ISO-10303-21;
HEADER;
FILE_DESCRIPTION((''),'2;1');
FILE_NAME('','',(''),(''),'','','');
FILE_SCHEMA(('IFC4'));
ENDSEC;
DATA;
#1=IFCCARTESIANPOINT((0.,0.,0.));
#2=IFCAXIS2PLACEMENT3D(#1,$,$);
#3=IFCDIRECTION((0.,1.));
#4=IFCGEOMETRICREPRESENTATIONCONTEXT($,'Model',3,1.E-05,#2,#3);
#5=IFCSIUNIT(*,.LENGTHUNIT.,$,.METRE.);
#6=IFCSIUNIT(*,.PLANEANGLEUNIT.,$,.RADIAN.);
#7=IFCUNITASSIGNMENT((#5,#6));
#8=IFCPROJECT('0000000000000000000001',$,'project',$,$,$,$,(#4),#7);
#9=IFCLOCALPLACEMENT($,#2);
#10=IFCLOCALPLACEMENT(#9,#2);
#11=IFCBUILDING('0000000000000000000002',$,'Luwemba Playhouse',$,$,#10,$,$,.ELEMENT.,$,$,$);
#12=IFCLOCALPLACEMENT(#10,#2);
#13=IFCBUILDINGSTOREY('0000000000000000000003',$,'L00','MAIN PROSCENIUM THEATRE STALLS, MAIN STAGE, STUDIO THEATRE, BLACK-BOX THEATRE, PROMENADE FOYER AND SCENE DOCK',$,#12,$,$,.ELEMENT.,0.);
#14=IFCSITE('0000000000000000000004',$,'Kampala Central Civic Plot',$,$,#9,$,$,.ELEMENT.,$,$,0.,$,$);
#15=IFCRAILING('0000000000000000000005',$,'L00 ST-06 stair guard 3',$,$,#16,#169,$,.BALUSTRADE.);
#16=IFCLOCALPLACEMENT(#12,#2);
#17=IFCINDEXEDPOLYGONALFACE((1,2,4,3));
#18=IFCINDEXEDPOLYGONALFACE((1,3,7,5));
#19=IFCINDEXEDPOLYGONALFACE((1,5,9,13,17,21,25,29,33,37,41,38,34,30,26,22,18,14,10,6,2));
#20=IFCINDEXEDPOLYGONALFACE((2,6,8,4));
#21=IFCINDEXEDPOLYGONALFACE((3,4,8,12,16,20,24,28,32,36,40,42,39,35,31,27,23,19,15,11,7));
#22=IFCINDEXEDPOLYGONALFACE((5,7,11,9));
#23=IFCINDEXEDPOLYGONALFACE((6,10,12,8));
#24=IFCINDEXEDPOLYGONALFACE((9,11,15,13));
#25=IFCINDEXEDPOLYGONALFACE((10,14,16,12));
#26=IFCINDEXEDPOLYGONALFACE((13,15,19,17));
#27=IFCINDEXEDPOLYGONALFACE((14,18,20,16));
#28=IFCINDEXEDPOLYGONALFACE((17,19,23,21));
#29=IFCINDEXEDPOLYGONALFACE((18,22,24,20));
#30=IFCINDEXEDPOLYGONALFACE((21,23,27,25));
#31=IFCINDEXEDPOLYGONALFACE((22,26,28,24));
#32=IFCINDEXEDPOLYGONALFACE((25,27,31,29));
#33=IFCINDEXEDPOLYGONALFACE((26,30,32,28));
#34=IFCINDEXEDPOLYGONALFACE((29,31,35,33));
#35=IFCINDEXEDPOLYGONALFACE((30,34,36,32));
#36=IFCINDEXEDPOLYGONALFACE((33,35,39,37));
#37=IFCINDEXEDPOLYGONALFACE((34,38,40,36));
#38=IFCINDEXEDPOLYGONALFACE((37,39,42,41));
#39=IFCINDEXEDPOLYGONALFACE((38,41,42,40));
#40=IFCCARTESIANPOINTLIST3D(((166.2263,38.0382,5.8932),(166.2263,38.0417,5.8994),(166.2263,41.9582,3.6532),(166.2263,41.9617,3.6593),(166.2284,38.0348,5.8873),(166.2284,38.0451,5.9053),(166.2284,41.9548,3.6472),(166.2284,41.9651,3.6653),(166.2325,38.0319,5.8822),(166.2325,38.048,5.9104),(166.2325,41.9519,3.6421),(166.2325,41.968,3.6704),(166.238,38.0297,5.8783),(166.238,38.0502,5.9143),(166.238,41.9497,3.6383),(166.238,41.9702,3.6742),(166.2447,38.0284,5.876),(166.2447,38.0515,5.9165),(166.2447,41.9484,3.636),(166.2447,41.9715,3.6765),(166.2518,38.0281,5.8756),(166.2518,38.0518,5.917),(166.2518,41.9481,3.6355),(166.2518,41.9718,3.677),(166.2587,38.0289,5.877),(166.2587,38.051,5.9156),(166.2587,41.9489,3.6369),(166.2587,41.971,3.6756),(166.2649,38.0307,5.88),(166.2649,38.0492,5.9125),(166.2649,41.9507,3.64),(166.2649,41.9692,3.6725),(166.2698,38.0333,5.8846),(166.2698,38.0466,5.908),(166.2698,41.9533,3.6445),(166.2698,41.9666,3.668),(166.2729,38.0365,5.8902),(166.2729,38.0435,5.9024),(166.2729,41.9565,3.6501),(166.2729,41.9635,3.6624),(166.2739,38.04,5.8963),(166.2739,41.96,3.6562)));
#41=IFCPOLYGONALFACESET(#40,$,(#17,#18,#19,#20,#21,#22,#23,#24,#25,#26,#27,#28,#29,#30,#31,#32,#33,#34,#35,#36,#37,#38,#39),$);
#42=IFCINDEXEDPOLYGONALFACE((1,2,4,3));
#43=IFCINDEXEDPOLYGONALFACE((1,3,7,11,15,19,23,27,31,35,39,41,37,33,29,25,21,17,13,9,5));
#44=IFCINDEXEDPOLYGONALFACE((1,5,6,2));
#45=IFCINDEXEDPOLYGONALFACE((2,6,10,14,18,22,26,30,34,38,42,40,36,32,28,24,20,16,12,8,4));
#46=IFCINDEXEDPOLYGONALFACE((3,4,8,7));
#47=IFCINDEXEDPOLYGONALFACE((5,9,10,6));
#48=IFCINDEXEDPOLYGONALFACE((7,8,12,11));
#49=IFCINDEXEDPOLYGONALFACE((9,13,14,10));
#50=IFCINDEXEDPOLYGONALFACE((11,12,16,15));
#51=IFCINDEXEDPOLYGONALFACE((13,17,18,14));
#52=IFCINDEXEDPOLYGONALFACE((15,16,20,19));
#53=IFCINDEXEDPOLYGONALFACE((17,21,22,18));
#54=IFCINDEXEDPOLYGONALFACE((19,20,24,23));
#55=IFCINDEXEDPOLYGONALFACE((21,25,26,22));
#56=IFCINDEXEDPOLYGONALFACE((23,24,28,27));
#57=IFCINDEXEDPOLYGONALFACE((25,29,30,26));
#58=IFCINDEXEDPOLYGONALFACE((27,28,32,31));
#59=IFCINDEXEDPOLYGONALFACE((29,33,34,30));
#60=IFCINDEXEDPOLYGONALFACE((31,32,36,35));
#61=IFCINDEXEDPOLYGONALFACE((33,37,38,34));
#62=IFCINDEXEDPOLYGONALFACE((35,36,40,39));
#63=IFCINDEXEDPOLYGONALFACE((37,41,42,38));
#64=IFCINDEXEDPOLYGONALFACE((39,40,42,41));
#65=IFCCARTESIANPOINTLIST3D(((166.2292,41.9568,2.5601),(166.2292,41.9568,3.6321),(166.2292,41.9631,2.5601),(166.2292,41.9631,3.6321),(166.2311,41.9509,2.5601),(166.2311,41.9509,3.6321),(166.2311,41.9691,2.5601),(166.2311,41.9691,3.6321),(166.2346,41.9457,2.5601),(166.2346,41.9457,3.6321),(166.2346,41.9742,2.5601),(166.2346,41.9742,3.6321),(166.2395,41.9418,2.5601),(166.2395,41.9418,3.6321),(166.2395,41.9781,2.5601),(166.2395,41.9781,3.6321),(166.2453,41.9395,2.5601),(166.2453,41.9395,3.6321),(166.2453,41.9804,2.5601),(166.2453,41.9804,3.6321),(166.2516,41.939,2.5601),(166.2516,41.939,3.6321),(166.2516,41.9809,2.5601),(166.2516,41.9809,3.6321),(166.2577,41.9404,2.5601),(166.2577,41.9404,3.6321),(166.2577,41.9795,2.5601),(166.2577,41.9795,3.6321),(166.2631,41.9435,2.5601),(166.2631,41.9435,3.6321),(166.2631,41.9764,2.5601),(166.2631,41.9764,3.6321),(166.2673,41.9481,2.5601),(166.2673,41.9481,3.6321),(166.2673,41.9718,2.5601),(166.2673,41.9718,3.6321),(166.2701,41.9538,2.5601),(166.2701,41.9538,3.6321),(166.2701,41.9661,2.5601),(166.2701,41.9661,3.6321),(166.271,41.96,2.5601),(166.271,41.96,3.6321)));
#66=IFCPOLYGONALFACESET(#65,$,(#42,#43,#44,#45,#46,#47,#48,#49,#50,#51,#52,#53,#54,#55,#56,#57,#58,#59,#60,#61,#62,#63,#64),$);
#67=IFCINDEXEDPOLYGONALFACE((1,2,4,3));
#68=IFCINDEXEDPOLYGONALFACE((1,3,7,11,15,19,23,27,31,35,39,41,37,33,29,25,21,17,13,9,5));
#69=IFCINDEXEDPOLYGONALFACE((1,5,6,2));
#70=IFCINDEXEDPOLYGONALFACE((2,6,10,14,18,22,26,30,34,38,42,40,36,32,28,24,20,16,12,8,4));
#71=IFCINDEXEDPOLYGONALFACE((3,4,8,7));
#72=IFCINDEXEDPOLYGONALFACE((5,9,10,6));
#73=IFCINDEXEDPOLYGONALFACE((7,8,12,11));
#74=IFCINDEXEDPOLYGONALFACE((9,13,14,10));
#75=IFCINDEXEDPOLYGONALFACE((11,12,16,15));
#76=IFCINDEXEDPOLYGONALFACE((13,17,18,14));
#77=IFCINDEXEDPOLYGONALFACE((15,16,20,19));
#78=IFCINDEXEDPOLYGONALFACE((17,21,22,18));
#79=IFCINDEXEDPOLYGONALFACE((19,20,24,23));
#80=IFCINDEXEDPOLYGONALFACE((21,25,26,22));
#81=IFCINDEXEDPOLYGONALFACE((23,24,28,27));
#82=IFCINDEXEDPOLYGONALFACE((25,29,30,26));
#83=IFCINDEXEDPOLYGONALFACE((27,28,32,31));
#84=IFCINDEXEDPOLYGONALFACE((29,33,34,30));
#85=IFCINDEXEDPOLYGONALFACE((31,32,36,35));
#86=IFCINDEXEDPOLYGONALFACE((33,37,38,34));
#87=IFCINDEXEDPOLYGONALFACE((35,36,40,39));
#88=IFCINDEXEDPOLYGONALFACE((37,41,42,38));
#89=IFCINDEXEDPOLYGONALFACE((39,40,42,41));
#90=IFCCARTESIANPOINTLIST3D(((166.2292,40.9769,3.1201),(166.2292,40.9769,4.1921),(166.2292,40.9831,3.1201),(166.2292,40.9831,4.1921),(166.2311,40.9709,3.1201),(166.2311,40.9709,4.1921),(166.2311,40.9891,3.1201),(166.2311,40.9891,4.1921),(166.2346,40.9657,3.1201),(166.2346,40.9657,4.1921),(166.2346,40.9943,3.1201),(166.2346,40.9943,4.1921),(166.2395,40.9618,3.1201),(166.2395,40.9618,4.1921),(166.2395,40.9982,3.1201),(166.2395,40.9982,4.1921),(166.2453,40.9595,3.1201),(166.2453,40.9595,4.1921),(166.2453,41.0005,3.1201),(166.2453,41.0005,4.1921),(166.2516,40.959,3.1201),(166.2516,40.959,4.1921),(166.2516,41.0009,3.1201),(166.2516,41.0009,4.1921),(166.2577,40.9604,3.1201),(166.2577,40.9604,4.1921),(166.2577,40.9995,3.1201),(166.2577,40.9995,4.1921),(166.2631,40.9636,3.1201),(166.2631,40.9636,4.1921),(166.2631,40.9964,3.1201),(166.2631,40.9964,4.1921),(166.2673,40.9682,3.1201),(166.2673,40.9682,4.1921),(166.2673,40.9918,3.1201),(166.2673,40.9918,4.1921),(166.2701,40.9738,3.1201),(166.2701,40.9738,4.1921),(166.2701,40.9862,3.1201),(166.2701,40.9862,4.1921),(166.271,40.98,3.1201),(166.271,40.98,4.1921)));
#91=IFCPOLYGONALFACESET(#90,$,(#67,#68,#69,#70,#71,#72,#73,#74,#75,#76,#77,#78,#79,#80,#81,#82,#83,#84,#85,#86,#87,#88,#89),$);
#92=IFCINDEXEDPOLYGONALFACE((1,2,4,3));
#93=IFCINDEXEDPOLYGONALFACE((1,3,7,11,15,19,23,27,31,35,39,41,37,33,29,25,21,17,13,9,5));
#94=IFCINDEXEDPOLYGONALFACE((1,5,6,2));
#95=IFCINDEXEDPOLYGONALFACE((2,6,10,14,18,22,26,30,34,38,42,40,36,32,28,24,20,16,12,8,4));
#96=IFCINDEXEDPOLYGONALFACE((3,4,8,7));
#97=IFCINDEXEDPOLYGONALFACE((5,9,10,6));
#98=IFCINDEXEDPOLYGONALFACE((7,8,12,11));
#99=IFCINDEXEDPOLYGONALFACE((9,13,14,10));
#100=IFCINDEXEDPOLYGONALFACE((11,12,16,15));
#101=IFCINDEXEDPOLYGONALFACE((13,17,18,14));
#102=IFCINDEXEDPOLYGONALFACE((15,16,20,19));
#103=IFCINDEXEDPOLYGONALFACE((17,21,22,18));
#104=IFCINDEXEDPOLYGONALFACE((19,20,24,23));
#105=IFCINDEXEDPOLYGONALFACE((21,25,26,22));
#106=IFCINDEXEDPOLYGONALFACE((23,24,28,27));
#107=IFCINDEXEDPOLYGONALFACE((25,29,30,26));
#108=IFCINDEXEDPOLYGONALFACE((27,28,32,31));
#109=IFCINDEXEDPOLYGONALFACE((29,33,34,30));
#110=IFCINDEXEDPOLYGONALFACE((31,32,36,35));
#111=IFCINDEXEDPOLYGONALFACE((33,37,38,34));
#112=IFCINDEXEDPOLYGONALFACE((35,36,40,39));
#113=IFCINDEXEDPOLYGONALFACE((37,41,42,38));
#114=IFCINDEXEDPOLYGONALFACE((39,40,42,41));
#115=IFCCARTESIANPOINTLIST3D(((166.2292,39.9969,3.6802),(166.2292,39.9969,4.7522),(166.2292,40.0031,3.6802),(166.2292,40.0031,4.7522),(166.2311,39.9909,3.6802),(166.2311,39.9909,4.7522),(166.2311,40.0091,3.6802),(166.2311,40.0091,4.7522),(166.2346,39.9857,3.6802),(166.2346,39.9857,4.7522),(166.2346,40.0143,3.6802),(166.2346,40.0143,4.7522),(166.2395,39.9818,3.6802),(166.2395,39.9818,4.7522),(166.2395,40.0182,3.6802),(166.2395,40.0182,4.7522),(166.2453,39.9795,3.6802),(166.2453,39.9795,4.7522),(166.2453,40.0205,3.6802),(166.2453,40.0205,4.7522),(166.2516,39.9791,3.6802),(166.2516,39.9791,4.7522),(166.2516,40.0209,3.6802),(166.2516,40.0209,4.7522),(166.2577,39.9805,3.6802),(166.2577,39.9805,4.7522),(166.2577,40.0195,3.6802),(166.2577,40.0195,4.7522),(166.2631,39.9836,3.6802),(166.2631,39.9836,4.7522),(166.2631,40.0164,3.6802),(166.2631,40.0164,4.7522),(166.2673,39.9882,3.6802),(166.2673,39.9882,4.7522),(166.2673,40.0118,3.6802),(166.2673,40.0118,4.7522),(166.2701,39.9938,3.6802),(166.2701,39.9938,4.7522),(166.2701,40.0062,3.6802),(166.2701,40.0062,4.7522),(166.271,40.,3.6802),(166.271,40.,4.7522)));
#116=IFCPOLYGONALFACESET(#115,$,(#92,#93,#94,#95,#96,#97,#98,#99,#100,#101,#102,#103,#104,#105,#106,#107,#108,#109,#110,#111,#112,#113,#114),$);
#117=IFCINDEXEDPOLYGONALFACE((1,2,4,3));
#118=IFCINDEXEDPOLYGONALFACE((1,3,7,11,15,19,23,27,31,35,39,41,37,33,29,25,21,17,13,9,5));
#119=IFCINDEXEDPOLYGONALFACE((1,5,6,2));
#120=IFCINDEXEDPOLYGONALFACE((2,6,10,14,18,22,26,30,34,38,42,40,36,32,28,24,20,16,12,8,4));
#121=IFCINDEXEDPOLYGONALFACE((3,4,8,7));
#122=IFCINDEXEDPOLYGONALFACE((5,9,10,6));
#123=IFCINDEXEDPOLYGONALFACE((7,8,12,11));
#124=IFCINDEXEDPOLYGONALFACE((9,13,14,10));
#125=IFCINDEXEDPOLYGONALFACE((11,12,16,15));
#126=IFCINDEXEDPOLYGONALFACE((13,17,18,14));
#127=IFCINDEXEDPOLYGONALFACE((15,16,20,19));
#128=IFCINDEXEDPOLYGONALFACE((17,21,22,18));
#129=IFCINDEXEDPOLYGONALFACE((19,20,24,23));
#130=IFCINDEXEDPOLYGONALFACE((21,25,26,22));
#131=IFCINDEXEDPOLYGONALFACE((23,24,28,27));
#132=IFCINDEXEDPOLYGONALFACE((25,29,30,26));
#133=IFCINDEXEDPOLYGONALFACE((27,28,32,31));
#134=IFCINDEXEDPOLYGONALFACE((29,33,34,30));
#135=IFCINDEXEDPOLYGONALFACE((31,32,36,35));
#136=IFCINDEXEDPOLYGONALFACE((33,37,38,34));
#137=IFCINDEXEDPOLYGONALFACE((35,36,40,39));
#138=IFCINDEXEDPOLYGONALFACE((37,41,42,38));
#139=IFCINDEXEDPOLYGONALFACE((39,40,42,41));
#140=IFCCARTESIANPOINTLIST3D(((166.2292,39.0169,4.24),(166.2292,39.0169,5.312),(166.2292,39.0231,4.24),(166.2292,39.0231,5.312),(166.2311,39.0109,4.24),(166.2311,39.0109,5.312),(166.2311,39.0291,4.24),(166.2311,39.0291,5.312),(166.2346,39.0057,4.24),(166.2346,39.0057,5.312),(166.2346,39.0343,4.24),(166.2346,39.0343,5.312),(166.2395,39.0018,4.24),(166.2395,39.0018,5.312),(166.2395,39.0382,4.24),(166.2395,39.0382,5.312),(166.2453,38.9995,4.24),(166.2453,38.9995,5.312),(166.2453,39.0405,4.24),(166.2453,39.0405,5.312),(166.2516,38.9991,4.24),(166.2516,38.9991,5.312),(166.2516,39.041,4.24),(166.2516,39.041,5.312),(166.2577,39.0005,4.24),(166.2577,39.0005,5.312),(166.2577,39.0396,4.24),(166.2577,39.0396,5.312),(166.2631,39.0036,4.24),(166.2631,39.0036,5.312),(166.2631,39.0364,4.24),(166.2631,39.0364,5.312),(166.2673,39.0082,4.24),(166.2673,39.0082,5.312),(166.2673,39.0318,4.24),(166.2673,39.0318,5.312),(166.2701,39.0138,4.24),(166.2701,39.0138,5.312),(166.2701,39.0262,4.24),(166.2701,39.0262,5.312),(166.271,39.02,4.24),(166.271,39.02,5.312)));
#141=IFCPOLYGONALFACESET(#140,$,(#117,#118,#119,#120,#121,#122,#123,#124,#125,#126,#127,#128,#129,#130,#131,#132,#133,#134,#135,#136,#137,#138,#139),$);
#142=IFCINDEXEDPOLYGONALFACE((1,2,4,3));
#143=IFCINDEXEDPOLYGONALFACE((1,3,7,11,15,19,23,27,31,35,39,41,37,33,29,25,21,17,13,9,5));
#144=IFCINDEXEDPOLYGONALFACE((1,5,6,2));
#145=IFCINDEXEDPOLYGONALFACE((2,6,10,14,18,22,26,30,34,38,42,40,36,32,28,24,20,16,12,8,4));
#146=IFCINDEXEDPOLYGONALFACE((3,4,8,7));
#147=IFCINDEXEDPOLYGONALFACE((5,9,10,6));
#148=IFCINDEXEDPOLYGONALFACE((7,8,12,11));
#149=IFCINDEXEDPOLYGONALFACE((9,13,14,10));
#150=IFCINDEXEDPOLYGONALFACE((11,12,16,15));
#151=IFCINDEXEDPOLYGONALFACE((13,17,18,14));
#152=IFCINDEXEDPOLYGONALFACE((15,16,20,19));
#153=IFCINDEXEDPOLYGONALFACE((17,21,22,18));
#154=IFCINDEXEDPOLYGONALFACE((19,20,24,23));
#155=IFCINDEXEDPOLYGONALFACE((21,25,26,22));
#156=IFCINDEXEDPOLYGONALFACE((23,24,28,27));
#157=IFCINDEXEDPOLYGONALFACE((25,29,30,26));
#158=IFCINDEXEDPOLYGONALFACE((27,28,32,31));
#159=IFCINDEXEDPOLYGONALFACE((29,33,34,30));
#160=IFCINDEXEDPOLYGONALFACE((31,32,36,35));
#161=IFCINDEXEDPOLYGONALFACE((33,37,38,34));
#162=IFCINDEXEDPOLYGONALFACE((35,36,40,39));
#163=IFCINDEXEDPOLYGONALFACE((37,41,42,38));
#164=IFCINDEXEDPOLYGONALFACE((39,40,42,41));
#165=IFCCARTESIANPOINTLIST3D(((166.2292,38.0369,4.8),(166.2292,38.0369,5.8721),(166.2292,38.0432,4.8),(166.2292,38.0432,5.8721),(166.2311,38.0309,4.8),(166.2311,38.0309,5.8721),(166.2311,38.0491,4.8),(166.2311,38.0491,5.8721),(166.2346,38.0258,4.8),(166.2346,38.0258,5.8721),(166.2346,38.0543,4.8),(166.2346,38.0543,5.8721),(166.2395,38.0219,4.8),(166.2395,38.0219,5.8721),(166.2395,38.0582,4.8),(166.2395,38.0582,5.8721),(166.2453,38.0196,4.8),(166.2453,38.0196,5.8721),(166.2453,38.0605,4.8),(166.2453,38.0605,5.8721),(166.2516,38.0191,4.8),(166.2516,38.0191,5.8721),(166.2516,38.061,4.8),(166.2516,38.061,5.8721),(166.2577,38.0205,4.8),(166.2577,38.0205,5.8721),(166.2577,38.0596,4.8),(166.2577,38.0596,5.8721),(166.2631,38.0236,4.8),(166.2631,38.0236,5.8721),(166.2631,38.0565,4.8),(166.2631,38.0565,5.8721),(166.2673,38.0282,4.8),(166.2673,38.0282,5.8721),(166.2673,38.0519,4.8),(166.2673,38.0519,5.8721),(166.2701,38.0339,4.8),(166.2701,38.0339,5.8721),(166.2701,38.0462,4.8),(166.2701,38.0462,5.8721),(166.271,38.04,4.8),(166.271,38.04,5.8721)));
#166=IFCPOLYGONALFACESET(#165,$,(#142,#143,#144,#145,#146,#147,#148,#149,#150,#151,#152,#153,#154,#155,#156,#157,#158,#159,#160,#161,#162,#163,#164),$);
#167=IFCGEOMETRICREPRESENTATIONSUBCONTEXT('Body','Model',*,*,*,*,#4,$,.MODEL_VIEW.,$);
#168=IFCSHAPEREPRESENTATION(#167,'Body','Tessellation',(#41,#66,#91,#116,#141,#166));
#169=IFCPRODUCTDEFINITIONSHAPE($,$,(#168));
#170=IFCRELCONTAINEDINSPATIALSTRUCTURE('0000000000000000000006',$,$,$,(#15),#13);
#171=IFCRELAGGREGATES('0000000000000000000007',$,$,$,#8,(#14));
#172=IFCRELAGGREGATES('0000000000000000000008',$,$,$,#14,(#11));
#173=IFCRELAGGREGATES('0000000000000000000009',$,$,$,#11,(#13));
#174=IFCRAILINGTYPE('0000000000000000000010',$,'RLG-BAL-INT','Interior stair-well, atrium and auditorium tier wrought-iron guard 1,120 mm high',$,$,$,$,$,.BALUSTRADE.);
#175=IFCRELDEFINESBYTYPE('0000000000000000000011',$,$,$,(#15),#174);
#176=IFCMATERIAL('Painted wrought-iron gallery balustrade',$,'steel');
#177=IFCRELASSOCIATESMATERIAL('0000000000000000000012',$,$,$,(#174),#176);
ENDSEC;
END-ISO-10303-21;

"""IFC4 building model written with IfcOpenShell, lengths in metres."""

from ifc_helpers import new_model, si_unit, direction, frame, origin, origin_2d, place, context, subcontext, project, spatial, circle, extrude, material, type_object, element, save


model = new_model("IFC4")

# Units and contexts
model_context = context("Model", 3, precision=1e-05, world=origin(), true_north=direction((0.0, 1.0)))
body_context = subcontext(model_context, "Body", "Model", "MODEL_VIEW")
ifc_project = project(units=[si_unit("LENGTHUNIT", "METRE"), si_unit("PLANEANGLEUNIT", "RADIAN")], contexts=[model_context])

# Site, building, storey
site_placement = place(None, origin())
site = spatial("IfcSite", under=ifc_project, at=site_placement, Name="Kampala Central Civic Plot", CompositionType="ELEMENT", RefElevation=0.0)
building_placement = place(site_placement, origin())
building = spatial("IfcBuilding", under=site, at=building_placement, Name="Luwemba Playhouse", CompositionType="ELEMENT")
storey_placement = place(building_placement, origin())
storey = spatial("IfcBuildingStorey", under=building, at=storey_placement, Name="L00", Description="MAIN PROSCENIUM THEATRE STALLS, MAIN STAGE, STUDIO THEATRE, BLACK-BOX THEATRE, PROMENADE FOYER AND SCENE DOCK", CompositionType="ELEMENT", Elevation=0.0)

# Railing
ifc_material_1 = material(Name="Painted wrought-iron gallery balustrade", Category="steel")
railing_type_1 = type_object("IfcRailingType", Name="RLG-BAL-INT", Description="Interior stair-well, atrium and auditorium tier wrought-iron guard 1,120 mm high", PredefinedType="BALUSTRADE", material=ifc_material_1)
railing_1_placement = place(storey_placement, frame((166.25, 41.96, 2.5601)))
element("IfcRailing", 1, at=railing_1_placement, inside=storey, type_object=railing_type_1, Name="L00 ST-06 stair guard 3", PredefinedType="BALUSTRADE", context=body_context, shape_type="SweptSolid", body=[
    extrude(circle(Radius=0.0239, at=origin_2d()), frame((0.0, 0.0, 1.0962), z_axis=(0.0, -0.86824, 0.496145), x_axis=(1.0, 0.0, 0.0)), (0.0, 0.0, 1.0), 4.5149),
    extrude(circle(Radius=0.021, at=origin_2d()), origin(), (0.0, 0.0, 1.0), 1.072),
    extrude(circle(Radius=0.021, at=origin_2d()), frame((0.0, -0.98, 0.5601)), (0.0, 0.0, 1.0), 1.072),
    extrude(circle(Radius=0.021, at=origin_2d()), frame((0.0, -1.96, 1.1201)), (0.0, 0.0, 1.0), 1.072),
    extrude(circle(Radius=0.021, at=origin_2d()), frame((0.0, -2.9399, 1.6799)), (0.0, 0.0, 1.0), 1.072),
    extrude(circle(Radius=0.021, at=origin_2d()), frame((0.0, -3.9199, 2.24)), (0.0, 0.0, 1.0), 1.072),
])

save(model, "model.ifc")
